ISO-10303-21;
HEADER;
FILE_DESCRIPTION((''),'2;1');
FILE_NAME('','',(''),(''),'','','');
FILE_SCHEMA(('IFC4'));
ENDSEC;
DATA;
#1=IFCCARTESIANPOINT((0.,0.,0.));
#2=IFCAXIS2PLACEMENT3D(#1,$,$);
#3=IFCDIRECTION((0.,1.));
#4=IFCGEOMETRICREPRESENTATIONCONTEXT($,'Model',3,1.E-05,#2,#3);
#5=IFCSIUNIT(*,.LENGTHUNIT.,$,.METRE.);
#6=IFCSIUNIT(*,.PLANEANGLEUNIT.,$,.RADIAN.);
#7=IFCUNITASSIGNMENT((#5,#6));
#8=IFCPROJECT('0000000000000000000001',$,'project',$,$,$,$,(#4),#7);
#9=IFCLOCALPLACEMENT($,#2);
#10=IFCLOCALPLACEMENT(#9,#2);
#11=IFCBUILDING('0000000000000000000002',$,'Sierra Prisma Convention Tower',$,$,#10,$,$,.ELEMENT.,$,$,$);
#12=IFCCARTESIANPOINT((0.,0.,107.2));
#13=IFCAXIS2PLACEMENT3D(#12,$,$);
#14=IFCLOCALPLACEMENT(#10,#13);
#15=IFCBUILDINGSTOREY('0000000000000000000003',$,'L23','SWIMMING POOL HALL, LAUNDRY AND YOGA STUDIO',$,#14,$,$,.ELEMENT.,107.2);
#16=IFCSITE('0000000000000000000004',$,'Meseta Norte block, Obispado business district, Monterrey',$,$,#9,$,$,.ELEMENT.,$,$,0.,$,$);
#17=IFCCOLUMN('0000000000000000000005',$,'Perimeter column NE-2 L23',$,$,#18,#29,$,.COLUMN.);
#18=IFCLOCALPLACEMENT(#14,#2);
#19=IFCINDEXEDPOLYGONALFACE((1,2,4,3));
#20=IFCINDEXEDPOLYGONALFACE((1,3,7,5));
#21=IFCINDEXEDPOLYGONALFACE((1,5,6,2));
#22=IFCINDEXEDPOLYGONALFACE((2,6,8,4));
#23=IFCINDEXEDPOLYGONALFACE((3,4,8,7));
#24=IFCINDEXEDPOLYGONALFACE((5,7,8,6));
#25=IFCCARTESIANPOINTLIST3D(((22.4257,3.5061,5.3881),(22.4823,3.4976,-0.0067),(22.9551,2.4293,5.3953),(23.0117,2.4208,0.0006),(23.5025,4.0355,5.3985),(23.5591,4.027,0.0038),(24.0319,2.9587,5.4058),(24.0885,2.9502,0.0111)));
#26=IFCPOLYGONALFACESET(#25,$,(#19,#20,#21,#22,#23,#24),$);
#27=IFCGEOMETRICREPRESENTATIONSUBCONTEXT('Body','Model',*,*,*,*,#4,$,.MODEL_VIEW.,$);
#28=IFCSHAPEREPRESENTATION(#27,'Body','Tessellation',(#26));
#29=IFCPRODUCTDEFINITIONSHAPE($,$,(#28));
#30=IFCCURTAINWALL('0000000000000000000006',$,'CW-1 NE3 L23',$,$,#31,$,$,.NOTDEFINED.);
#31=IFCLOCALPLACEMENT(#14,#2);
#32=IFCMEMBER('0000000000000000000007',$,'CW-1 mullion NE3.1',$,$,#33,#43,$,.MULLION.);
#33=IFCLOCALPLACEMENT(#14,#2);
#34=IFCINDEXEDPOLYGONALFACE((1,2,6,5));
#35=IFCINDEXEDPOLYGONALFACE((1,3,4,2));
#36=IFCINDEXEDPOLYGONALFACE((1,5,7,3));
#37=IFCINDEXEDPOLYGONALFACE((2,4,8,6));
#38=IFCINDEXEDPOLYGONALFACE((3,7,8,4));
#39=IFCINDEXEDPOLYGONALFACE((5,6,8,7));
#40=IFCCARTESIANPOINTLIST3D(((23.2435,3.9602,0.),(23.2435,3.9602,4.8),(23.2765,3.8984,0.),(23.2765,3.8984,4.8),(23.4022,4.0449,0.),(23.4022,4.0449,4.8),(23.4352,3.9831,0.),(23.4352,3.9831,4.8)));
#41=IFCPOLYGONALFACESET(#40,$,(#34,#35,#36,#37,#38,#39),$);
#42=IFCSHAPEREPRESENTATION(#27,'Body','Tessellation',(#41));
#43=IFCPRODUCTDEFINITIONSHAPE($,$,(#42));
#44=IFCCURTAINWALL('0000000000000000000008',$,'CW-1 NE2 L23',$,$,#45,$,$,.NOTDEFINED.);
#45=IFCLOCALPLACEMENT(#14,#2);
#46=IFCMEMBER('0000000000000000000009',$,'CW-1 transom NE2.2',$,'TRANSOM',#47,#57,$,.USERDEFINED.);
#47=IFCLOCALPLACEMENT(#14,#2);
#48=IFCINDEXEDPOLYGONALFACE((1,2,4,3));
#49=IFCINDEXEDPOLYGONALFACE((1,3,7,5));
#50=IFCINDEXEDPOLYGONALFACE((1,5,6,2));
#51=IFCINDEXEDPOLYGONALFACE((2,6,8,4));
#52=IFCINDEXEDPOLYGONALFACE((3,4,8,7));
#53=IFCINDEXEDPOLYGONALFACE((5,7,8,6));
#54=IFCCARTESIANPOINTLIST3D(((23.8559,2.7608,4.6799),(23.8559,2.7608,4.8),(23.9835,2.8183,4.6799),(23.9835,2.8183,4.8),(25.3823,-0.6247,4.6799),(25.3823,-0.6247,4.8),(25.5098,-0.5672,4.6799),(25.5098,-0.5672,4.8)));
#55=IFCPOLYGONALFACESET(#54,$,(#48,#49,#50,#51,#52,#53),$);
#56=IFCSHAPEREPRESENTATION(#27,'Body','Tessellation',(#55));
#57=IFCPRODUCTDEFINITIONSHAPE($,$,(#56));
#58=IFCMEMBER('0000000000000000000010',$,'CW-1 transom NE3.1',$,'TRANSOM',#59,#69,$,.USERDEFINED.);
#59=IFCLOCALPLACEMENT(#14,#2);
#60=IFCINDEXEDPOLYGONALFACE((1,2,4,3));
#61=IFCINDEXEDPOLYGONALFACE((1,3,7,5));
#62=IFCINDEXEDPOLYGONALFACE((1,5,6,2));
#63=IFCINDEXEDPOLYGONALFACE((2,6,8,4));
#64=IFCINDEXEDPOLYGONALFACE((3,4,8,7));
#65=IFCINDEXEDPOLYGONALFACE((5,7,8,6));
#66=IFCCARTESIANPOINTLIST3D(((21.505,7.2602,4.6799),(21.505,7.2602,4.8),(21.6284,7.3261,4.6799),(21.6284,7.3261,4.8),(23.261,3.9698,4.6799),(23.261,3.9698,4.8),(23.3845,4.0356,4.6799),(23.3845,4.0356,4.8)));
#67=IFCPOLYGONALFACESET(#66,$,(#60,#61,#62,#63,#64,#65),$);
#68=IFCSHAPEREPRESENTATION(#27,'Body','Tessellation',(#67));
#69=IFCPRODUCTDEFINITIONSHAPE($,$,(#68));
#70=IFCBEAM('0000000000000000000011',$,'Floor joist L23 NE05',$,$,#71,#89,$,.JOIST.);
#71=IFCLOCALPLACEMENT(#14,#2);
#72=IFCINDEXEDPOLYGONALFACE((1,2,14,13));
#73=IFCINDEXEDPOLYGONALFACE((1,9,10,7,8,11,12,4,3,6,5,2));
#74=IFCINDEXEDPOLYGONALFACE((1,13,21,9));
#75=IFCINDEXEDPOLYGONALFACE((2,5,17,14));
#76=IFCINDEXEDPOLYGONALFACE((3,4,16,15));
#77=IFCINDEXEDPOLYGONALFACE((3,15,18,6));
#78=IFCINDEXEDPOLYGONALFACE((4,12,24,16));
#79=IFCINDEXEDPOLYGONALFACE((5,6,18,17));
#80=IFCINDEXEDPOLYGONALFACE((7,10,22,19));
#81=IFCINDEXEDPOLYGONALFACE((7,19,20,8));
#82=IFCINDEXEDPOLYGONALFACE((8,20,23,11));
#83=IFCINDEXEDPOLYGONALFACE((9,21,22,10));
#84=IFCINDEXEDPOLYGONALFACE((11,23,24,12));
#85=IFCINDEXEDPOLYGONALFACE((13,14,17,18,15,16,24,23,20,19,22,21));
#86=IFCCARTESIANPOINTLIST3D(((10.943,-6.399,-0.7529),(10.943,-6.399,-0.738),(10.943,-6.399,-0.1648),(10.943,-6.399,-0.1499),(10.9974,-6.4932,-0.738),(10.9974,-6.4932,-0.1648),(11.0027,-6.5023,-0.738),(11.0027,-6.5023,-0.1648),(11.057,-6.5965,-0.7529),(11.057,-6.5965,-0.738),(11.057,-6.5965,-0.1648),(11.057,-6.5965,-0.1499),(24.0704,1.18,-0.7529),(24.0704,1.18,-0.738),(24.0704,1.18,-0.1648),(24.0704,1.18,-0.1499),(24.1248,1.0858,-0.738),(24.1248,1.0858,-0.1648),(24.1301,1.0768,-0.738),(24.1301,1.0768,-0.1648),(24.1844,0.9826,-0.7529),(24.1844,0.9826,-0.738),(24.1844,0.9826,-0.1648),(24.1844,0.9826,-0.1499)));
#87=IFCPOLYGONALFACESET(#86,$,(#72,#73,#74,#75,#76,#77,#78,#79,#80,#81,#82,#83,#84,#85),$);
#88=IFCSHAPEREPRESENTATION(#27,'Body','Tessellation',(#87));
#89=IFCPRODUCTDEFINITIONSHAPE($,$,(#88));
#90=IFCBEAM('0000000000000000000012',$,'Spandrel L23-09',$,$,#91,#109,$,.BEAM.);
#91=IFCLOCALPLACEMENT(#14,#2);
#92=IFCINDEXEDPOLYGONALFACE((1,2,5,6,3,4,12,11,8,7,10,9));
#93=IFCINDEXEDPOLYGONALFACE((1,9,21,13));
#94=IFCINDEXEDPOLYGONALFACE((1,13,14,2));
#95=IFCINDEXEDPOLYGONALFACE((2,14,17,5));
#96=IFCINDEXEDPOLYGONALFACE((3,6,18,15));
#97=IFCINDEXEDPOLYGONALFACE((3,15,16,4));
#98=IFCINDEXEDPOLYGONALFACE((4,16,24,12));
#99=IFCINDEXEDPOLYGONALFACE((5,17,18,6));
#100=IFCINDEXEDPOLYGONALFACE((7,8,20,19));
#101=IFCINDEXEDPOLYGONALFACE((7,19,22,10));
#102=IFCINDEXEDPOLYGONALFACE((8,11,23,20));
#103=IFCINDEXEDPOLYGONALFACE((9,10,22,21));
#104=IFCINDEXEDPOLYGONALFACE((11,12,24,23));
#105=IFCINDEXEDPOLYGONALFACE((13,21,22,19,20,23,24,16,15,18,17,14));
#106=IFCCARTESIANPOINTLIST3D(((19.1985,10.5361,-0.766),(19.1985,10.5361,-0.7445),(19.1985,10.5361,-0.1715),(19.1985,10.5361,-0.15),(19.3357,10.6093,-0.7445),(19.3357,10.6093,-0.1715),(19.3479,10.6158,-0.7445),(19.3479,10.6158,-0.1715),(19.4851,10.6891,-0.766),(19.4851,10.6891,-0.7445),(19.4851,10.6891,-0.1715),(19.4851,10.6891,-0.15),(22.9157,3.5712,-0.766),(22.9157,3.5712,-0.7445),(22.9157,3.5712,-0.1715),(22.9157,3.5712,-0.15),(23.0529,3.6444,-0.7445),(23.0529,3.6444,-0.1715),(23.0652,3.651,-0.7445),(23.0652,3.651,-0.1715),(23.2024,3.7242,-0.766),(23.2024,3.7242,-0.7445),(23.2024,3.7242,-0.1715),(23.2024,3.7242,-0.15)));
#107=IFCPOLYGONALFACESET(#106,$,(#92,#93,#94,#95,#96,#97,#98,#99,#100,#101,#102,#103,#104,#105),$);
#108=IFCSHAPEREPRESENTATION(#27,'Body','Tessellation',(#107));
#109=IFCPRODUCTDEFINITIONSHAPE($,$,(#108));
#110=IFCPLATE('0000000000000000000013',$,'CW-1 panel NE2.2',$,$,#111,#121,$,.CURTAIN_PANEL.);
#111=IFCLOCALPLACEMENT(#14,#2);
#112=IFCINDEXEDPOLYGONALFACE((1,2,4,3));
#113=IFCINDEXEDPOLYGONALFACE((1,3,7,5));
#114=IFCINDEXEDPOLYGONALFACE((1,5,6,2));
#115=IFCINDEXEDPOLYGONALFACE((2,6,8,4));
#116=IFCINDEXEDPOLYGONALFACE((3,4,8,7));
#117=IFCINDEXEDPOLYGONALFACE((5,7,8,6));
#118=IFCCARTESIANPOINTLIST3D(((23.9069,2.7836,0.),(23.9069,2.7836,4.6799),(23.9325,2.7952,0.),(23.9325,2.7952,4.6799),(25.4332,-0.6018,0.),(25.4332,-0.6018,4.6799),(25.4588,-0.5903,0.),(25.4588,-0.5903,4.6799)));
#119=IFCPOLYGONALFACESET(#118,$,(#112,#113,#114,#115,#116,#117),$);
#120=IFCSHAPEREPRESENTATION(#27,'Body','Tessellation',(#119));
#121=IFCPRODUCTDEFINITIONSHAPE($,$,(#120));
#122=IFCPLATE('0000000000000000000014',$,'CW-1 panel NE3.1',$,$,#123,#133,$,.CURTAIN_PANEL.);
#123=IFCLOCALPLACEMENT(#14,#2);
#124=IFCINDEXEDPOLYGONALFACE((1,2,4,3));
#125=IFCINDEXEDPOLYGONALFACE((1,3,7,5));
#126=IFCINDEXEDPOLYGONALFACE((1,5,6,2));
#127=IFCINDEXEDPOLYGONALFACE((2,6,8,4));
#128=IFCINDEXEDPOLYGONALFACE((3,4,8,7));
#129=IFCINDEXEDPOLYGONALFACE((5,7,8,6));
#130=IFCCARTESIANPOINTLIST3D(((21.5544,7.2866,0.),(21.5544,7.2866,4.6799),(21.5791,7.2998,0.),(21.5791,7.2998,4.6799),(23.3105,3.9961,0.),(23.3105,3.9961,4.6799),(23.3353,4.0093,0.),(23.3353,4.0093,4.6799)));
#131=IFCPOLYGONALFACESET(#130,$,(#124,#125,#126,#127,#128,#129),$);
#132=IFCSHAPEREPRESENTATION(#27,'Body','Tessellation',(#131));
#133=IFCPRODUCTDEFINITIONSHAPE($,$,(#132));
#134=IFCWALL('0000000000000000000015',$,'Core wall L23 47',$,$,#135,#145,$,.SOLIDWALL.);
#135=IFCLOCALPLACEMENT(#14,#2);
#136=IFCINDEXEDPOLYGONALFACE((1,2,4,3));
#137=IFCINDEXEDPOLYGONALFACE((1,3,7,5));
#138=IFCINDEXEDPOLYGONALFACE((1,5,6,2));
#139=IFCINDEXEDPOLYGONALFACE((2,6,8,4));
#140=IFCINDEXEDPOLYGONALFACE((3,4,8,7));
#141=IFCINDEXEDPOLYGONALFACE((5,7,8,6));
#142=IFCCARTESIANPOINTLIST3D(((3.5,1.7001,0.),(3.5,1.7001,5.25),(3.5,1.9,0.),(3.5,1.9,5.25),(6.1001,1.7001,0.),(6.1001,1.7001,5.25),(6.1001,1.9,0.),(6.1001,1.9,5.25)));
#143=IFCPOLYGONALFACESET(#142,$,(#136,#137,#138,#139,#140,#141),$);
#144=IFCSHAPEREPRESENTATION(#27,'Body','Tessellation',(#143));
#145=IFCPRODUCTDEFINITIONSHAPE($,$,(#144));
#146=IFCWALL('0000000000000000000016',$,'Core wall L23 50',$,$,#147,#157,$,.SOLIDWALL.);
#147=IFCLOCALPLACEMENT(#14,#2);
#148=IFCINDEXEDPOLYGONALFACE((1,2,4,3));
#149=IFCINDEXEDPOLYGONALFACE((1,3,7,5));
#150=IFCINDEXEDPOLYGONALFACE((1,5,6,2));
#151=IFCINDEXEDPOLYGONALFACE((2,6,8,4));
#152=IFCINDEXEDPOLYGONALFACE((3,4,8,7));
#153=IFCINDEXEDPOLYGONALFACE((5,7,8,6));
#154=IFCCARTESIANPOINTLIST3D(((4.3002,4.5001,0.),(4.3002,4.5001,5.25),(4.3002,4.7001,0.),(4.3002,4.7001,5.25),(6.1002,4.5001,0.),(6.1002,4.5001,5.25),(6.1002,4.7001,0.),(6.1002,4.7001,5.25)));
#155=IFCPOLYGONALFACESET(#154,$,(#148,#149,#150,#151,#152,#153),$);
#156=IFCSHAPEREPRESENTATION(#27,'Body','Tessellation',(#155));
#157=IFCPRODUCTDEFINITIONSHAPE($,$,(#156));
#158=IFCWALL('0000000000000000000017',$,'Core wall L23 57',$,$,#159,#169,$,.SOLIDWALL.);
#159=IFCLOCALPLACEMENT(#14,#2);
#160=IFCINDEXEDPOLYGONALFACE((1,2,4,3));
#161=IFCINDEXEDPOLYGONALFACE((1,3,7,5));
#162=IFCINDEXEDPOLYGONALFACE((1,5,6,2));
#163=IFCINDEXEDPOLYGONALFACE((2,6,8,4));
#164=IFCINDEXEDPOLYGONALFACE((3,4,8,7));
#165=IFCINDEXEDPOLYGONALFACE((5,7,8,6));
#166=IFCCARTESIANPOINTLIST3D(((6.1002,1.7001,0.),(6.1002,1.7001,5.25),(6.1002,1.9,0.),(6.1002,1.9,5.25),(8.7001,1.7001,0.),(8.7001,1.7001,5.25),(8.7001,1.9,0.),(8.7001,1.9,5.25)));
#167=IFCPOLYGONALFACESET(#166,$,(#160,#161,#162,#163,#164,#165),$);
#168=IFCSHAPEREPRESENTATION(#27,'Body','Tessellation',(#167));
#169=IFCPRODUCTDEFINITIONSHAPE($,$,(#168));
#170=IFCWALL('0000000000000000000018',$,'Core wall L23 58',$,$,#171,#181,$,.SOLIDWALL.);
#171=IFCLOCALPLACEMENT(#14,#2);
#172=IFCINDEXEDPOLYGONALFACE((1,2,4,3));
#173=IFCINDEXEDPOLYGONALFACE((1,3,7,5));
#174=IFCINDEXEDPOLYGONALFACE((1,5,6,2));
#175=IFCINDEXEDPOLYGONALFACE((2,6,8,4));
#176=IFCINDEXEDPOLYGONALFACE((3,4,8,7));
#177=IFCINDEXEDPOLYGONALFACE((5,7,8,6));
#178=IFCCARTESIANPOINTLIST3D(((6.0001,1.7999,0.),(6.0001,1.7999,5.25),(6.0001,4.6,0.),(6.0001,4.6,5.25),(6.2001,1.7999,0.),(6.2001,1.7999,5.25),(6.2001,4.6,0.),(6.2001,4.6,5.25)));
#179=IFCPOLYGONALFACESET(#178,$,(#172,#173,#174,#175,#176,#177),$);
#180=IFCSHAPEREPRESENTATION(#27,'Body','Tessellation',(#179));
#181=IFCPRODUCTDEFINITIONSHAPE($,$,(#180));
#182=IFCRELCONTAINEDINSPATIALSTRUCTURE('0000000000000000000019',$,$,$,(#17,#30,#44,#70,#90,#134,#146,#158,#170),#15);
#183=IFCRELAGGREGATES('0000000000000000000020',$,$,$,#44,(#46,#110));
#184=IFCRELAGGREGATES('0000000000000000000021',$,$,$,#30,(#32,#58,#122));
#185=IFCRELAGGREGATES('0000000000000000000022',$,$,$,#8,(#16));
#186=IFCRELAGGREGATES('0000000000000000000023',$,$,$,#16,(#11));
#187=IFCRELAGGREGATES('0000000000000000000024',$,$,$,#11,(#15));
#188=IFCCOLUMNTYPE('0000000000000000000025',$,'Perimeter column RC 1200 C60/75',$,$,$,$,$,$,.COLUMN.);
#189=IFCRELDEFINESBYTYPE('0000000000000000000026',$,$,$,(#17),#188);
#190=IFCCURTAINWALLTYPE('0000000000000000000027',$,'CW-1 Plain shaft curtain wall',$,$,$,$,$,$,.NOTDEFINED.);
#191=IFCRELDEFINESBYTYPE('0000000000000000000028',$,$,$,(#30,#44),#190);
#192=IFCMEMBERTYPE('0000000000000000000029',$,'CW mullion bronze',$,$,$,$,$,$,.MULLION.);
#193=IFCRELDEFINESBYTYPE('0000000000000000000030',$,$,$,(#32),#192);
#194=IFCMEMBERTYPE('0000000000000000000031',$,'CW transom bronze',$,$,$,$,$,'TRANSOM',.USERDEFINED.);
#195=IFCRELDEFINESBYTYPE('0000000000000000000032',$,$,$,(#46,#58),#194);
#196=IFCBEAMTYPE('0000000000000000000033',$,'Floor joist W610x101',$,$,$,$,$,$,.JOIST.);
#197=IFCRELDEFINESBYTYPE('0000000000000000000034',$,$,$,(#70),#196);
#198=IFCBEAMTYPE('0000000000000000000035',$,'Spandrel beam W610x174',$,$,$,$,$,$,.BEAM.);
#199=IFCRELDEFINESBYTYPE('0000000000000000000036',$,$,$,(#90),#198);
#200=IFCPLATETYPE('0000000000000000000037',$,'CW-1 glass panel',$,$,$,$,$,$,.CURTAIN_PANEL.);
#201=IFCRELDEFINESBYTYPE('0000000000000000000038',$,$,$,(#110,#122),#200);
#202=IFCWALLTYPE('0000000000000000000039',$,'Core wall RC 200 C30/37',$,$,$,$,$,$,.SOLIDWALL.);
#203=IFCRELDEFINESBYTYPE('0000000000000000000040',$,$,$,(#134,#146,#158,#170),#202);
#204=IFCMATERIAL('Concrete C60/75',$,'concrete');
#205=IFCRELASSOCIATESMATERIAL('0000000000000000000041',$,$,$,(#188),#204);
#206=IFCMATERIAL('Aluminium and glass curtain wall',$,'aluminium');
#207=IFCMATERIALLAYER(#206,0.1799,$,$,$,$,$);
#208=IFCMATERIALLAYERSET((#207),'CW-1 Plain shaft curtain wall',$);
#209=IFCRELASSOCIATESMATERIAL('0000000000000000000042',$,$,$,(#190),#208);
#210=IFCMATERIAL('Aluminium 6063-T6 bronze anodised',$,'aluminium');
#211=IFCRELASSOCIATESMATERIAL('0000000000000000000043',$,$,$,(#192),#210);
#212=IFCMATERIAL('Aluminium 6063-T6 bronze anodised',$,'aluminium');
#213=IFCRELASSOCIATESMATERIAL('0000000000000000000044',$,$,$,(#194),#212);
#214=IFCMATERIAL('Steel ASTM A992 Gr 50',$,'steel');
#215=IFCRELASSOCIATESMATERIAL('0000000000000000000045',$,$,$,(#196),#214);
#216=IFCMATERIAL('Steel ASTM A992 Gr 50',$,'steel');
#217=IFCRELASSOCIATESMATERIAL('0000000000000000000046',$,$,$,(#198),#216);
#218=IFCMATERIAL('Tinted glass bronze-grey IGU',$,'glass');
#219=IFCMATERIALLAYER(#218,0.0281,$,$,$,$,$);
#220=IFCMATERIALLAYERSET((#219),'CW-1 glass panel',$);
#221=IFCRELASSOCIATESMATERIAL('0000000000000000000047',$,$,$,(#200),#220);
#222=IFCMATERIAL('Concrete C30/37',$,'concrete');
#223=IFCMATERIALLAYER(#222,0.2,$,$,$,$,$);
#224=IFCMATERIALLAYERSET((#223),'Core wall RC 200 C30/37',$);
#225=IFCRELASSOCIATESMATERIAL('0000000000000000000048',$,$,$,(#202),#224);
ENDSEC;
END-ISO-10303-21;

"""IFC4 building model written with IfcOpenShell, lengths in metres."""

from ifc_helpers import new_model, si_unit, direction, frame, frame_2d, origin, origin_2d, place, context, subcontext, project, spatial, rectangle, i_section, extrude, clip, halfspace, material, layer, layer_set, material_profile, profile_set, type_object, element, aggregate, save


model = new_model("IFC4")

# Units and contexts
model_context = context("Model", 3, precision=1e-05, world=origin(), true_north=direction((0.0, 1.0)))
body_context = subcontext(model_context, "Body", "Model", "MODEL_VIEW")
ifc_project = project(units=[si_unit("LENGTHUNIT", "METRE"), si_unit("PLANEANGLEUNIT", "RADIAN")], contexts=[model_context])

# Site, building, storey
site_placement = place(None, origin())
site = spatial("IfcSite", under=ifc_project, at=site_placement, Name="Meseta Norte block, Obispado business district, Monterrey", CompositionType="ELEMENT", RefElevation=0.0)
building_placement = place(site_placement, origin())
building = spatial("IfcBuilding", under=site, at=building_placement, Name="Sierra Prisma Convention Tower", CompositionType="ELEMENT")
storey_placement = place(building_placement, frame((0.0, 0.0, 107.2)))
storey = spatial("IfcBuildingStorey", under=building, at=storey_placement, Name="L23", Description="SWIMMING POOL HALL, LAUNDRY AND YOGA STUDIO", CompositionType="ELEMENT", Elevation=107.2)

# Column
ifc_material_1 = material(Name="Concrete C60/75", Category="concrete")
ifc_material_profile_1 = material_profile(ifc_material_1, rectangle(XDim=1.2, YDim=1.2, at=origin_2d()), Name="Perimeter column RC 1200 C60/75")
ifc_profile_set_1 = profile_set([ifc_material_profile_1], Name="Concrete C60/75")
column_type = type_object("IfcColumnType", Name="Perimeter column RC 1200 C60/75", PredefinedType="COLUMN", material=ifc_profile_set_1)
column_placement = place(storey_placement, frame((23.2854, 3.2239, 0.0), z_axis=(-0.010488, 0.001582, 0.999944), x_axis=(-0.441148, 0.897414, -0.006047)))
element("IfcColumn", 1, at=column_placement, inside=storey, type_object=column_type, Name="Perimeter column NE-2 L23", PredefinedType="COLUMN", context=body_context, shape_type="SweptSolid", body=[
    clip(clip(extrude(rectangle(XDim=1.2, YDim=1.2, at=origin_2d()), origin(), (0.0, 0.0, 1.0), 5.4004), halfspace(frame((0.0, 0.0, 0.0022)), True)), halfspace(frame((0.0, 0.0, 5.3972)), False)),
])

# Curtain walls, members
ifc_material_2 = material(Name="Aluminium and glass curtain wall", Category="aluminium")
ifc_layer_1 = layer(ifc_material_2, 0.1799)
ifc_layer_set_1 = layer_set([ifc_layer_1], Name="CW-1 Plain shaft curtain wall")
curtain_wall_type = type_object("IfcCurtainWallType", Name="CW-1 Plain shaft curtain wall", PredefinedType="NOTDEFINED", material=ifc_layer_set_1)
curtain_wall_1_placement = place(storey_placement, origin())
curtain_wall_1 = element("IfcCurtainWall", 2, at=curtain_wall_1_placement, inside=storey, type_object=curtain_wall_type, Name="CW-1 NE3 L23", PredefinedType="NOTDEFINED")
ifc_material_3 = material(Name="Aluminium 6063-T6 bronze anodised", Category="aluminium")
ifc_material_profile_2 = material_profile(ifc_material_3, rectangle(XDim=0.1799, YDim=0.0701, at=origin_2d()), Name="ALU MULLION 70x180")
ifc_profile_set_2 = profile_set([ifc_material_profile_2], Name="Aluminium 6063-T6 bronze anodised")
member_type_1 = type_object("IfcMemberType", Name="CW mullion bronze", PredefinedType="MULLION", material=ifc_profile_set_2)
member_1_placement = place(storey_placement, frame((23.3394, 3.9717, 0.0), z_axis=(0.0, 0.0, 1.0), x_axis=(-0.882214, -0.470848, 0.0)))
member_1 = element("IfcMember", 3, at=member_1_placement, type_object=member_type_1, Name="CW-1 mullion NE3.1", PredefinedType="MULLION", context=body_context, shape_type="SweptSolid", body=[
    extrude(rectangle(XDim=0.1799, YDim=0.0701, at=origin_2d()), origin(), (0.0, 0.0, 1.0), 4.8),
])
curtain_wall_2_placement = place(storey_placement, origin())
curtain_wall_2 = element("IfcCurtainWall", 4, at=curtain_wall_2_placement, inside=storey, type_object=curtain_wall_type, Name="CW-1 NE2 L23", PredefinedType="NOTDEFINED")
ifc_material_4 = material(Name="Aluminium 6063-T6 bronze anodised", Category="aluminium")
ifc_material_profile_3 = material_profile(ifc_material_4, rectangle(XDim=0.1399, YDim=0.1201, at=origin_2d()), Name="ALU TRANSOM 120x140")
ifc_profile_set_3 = profile_set([ifc_material_profile_3], Name="Aluminium 6063-T6 bronze anodised")
member_type_2 = type_object("IfcMemberType", Name="CW transom bronze", ElementType="TRANSOM", PredefinedType="USERDEFINED", material=ifc_profile_set_3)
member_2_placement = place(storey_placement, frame((25.446, -0.5959, 4.74), z_axis=(-0.411012, 0.91163, 0.0), x_axis=(-0.91163, -0.411012, 0.0)))
member_2 = element("IfcMember", 5, at=member_2_placement, type_object=member_type_2, Name="CW-1 transom NE2.2", ObjectType="TRANSOM", PredefinedType="USERDEFINED", context=body_context, shape_type="SweptSolid", body=[
    extrude(rectangle(XDim=0.1399, YDim=0.1201, at=origin_2d()), origin(), (0.0, 0.0, 1.0), 3.7136),
])

# Member
member_3_placement = place(storey_placement, frame((23.3228, 4.0027, 4.74), z_axis=(-0.470829, 0.882224, 0.0), x_axis=(-0.882224, -0.470829, 0.0)))
member_3 = element("IfcMember", 6, at=member_3_placement, type_object=member_type_2, Name="CW-1 transom NE3.1", ObjectType="TRANSOM", PredefinedType="USERDEFINED", context=body_context, shape_type="SweptSolid", body=[
    extrude(rectangle(XDim=0.1399, YDim=0.1201, at=origin_2d()), origin(), (0.0, 0.0, 1.0), 3.7297),
])

# Beams
ifc_material_5 = material(Name="Steel ASTM A992 Gr 50", Category="steel")
ifc_material_profile_4 = material_profile(ifc_material_5, i_section(OverallWidth=0.228, OverallDepth=0.603, WebThickness=0.0105, FlangeThickness=0.0149, at=origin_2d()), Name="W610x101")
ifc_profile_set_4 = profile_set([ifc_material_profile_4], Name="Steel ASTM A992 Gr 50")
beam_type_1 = type_object("IfcBeamType", Name="Floor joist W610x101", PredefinedType="JOIST", material=ifc_profile_set_4)
beam_1_placement = place(storey_placement, frame((24.1274, 1.0813, -0.4514), z_axis=(-0.866026, -0.499999, 0.0), x_axis=(0.499999, -0.866026, 0.0)))
element("IfcBeam", 7, at=beam_1_placement, inside=storey, type_object=beam_type_1, Name="Floor joist L23 NE05", PredefinedType="JOIST", context=body_context, shape_type="SweptSolid", body=[
    extrude(i_section(OverallWidth=0.228, OverallDepth=0.603, WebThickness=0.0105, FlangeThickness=0.0149, at=origin_2d()), origin(), (0.0, 0.0, 1.0), 15.1582),
])
ifc_material_6 = material(Name="Steel ASTM A992 Gr 50", Category="steel")
ifc_material_profile_5 = material_profile(ifc_material_6, i_section(OverallWidth=0.325, OverallDepth=0.616, WebThickness=0.0139, FlangeThickness=0.0215, at=origin_2d()), Name="W610x174")
ifc_profile_set_5 = profile_set([ifc_material_profile_5], Name="Steel ASTM A992 Gr 50")
beam_type_2 = type_object("IfcBeamType", Name="Spandrel beam W610x174", PredefinedType="BEAM", material=ifc_profile_set_5)
beam_2_placement = place(storey_placement, frame((23.0591, 3.6477, -0.458), z_axis=(-0.470855, 0.882211, 0.0), x_axis=(-0.882211, -0.470855, 0.0)))
element("IfcBeam", 8, at=beam_2_placement, inside=storey, type_object=beam_type_2, Name="Spandrel L23-09", PredefinedType="BEAM", context=body_context, shape_type="SweptSolid", body=[
    extrude(i_section(OverallWidth=0.325, OverallDepth=0.616, WebThickness=0.0139, FlangeThickness=0.0215, at=origin_2d()), origin(), (0.0, 0.0, 1.0), 7.8948),
])

# Plates
ifc_material_7 = material(Name="Tinted glass bronze-grey IGU", Category="glass")
ifc_layer_2 = layer(ifc_material_7, 0.0281)
ifc_layer_set_2 = layer_set([ifc_layer_2], Name="CW-1 glass panel")
plate_type = type_object("IfcPlateType", Name="CW-1 glass panel", PredefinedType="CURTAIN_PANEL", material=ifc_layer_set_2)
plate_1_placement = place(storey_placement, frame((24.6829, 1.0967, 0.0), z_axis=(0.0, 0.0, 1.0), x_axis=(-0.411006, 0.911632, 0.0)))
plate_1 = element("IfcPlate", 9, at=plate_1_placement, type_object=plate_type, Name="CW-1 panel NE2.2", PredefinedType="CURTAIN_PANEL", context=body_context, shape_type="SweptSolid", body=[
    extrude(rectangle(XDim=3.7136, YDim=0.0281, at=origin_2d()), origin(), (0.0, 0.0, 1.0), 4.6799),
])
aggregate(curtain_wall_2, [member_2, plate_1])
plate_2_placement = place(storey_placement, frame((22.4448, 5.6479, 0.0), z_axis=(0.0, 0.0, 1.0), x_axis=(-0.470848, 0.882214, 0.0)))
plate_2 = element("IfcPlate", 10, at=plate_2_placement, type_object=plate_type, Name="CW-1 panel NE3.1", PredefinedType="CURTAIN_PANEL", context=body_context, shape_type="SweptSolid", body=[
    extrude(rectangle(XDim=3.7297, YDim=0.0281, at=origin_2d()), origin(), (0.0, 0.0, 1.0), 4.6799),
])
aggregate(curtain_wall_1, [member_1, member_3, plate_2])

# Walls
ifc_material_8 = material(Name="Concrete C30/37", Category="concrete")
ifc_layer_3 = layer(ifc_material_8, 0.2)
ifc_layer_set_3 = layer_set([ifc_layer_3], Name="Core wall RC 200 C30/37")
wall_type = type_object("IfcWallType", Name="Core wall RC 200 C30/37", PredefinedType="SOLIDWALL", material=ifc_layer_set_3)
wall_1_placement = place(storey_placement, frame((6.1001, 1.8, 0.0), z_axis=(0.0, 0.0, 1.0), x_axis=(-1.0, 0.0, 0.0)))
element("IfcWall", 11, at=wall_1_placement, inside=storey, type_object=wall_type, Name="Core wall L23 47", PredefinedType="SOLIDWALL", context=body_context, shape_type="SweptSolid", body=[
    extrude(rectangle(XDim=2.6001, YDim=0.2, at=frame_2d((1.3, 0.0))), origin(), (0.0, 0.0, 1.0), 5.25),
])
wall_2_placement = place(storey_placement, frame((6.1001, 4.6001, 0.0), z_axis=(0.0, 0.0, 1.0), x_axis=(-1.0, 0.0, 0.0)))
element("IfcWall", 12, at=wall_2_placement, inside=storey, type_object=wall_type, Name="Core wall L23 50", PredefinedType="SOLIDWALL", context=body_context, shape_type="SweptSolid", body=[
    extrude(rectangle(XDim=1.8, YDim=0.2, at=frame_2d((0.8999, 0.0))), origin(), (0.0, 0.0, 1.0), 5.25),
])
wall_3_placement = place(storey_placement, frame((8.7, 1.8, 0.0), z_axis=(0.0, 0.0, 1.0), x_axis=(-1.0, 0.0, 0.0)))
element("IfcWall", 13, at=wall_3_placement, inside=storey, type_object=wall_type, Name="Core wall L23 57", PredefinedType="SOLIDWALL", context=body_context, shape_type="SweptSolid", body=[
    extrude(rectangle(XDim=2.5999, YDim=0.2, at=frame_2d((1.2998, 0.0))), origin(), (0.0, 0.0, 1.0), 5.25),
])
wall_4_placement = place(storey_placement, frame((6.1001, 1.8, 0.0), z_axis=(0.0, 0.0, 1.0), x_axis=(0.0, 1.0, 0.0)))
element("IfcWall", 14, at=wall_4_placement, inside=storey, type_object=wall_type, Name="Core wall L23 58", PredefinedType="SOLIDWALL", context=body_context, shape_type="SweptSolid", body=[
    extrude(rectangle(XDim=2.8, YDim=0.2, at=frame_2d((1.3999, 0.0))), origin(), (0.0, 0.0, 1.0), 5.25),
])

save(model, "model.ifc")
